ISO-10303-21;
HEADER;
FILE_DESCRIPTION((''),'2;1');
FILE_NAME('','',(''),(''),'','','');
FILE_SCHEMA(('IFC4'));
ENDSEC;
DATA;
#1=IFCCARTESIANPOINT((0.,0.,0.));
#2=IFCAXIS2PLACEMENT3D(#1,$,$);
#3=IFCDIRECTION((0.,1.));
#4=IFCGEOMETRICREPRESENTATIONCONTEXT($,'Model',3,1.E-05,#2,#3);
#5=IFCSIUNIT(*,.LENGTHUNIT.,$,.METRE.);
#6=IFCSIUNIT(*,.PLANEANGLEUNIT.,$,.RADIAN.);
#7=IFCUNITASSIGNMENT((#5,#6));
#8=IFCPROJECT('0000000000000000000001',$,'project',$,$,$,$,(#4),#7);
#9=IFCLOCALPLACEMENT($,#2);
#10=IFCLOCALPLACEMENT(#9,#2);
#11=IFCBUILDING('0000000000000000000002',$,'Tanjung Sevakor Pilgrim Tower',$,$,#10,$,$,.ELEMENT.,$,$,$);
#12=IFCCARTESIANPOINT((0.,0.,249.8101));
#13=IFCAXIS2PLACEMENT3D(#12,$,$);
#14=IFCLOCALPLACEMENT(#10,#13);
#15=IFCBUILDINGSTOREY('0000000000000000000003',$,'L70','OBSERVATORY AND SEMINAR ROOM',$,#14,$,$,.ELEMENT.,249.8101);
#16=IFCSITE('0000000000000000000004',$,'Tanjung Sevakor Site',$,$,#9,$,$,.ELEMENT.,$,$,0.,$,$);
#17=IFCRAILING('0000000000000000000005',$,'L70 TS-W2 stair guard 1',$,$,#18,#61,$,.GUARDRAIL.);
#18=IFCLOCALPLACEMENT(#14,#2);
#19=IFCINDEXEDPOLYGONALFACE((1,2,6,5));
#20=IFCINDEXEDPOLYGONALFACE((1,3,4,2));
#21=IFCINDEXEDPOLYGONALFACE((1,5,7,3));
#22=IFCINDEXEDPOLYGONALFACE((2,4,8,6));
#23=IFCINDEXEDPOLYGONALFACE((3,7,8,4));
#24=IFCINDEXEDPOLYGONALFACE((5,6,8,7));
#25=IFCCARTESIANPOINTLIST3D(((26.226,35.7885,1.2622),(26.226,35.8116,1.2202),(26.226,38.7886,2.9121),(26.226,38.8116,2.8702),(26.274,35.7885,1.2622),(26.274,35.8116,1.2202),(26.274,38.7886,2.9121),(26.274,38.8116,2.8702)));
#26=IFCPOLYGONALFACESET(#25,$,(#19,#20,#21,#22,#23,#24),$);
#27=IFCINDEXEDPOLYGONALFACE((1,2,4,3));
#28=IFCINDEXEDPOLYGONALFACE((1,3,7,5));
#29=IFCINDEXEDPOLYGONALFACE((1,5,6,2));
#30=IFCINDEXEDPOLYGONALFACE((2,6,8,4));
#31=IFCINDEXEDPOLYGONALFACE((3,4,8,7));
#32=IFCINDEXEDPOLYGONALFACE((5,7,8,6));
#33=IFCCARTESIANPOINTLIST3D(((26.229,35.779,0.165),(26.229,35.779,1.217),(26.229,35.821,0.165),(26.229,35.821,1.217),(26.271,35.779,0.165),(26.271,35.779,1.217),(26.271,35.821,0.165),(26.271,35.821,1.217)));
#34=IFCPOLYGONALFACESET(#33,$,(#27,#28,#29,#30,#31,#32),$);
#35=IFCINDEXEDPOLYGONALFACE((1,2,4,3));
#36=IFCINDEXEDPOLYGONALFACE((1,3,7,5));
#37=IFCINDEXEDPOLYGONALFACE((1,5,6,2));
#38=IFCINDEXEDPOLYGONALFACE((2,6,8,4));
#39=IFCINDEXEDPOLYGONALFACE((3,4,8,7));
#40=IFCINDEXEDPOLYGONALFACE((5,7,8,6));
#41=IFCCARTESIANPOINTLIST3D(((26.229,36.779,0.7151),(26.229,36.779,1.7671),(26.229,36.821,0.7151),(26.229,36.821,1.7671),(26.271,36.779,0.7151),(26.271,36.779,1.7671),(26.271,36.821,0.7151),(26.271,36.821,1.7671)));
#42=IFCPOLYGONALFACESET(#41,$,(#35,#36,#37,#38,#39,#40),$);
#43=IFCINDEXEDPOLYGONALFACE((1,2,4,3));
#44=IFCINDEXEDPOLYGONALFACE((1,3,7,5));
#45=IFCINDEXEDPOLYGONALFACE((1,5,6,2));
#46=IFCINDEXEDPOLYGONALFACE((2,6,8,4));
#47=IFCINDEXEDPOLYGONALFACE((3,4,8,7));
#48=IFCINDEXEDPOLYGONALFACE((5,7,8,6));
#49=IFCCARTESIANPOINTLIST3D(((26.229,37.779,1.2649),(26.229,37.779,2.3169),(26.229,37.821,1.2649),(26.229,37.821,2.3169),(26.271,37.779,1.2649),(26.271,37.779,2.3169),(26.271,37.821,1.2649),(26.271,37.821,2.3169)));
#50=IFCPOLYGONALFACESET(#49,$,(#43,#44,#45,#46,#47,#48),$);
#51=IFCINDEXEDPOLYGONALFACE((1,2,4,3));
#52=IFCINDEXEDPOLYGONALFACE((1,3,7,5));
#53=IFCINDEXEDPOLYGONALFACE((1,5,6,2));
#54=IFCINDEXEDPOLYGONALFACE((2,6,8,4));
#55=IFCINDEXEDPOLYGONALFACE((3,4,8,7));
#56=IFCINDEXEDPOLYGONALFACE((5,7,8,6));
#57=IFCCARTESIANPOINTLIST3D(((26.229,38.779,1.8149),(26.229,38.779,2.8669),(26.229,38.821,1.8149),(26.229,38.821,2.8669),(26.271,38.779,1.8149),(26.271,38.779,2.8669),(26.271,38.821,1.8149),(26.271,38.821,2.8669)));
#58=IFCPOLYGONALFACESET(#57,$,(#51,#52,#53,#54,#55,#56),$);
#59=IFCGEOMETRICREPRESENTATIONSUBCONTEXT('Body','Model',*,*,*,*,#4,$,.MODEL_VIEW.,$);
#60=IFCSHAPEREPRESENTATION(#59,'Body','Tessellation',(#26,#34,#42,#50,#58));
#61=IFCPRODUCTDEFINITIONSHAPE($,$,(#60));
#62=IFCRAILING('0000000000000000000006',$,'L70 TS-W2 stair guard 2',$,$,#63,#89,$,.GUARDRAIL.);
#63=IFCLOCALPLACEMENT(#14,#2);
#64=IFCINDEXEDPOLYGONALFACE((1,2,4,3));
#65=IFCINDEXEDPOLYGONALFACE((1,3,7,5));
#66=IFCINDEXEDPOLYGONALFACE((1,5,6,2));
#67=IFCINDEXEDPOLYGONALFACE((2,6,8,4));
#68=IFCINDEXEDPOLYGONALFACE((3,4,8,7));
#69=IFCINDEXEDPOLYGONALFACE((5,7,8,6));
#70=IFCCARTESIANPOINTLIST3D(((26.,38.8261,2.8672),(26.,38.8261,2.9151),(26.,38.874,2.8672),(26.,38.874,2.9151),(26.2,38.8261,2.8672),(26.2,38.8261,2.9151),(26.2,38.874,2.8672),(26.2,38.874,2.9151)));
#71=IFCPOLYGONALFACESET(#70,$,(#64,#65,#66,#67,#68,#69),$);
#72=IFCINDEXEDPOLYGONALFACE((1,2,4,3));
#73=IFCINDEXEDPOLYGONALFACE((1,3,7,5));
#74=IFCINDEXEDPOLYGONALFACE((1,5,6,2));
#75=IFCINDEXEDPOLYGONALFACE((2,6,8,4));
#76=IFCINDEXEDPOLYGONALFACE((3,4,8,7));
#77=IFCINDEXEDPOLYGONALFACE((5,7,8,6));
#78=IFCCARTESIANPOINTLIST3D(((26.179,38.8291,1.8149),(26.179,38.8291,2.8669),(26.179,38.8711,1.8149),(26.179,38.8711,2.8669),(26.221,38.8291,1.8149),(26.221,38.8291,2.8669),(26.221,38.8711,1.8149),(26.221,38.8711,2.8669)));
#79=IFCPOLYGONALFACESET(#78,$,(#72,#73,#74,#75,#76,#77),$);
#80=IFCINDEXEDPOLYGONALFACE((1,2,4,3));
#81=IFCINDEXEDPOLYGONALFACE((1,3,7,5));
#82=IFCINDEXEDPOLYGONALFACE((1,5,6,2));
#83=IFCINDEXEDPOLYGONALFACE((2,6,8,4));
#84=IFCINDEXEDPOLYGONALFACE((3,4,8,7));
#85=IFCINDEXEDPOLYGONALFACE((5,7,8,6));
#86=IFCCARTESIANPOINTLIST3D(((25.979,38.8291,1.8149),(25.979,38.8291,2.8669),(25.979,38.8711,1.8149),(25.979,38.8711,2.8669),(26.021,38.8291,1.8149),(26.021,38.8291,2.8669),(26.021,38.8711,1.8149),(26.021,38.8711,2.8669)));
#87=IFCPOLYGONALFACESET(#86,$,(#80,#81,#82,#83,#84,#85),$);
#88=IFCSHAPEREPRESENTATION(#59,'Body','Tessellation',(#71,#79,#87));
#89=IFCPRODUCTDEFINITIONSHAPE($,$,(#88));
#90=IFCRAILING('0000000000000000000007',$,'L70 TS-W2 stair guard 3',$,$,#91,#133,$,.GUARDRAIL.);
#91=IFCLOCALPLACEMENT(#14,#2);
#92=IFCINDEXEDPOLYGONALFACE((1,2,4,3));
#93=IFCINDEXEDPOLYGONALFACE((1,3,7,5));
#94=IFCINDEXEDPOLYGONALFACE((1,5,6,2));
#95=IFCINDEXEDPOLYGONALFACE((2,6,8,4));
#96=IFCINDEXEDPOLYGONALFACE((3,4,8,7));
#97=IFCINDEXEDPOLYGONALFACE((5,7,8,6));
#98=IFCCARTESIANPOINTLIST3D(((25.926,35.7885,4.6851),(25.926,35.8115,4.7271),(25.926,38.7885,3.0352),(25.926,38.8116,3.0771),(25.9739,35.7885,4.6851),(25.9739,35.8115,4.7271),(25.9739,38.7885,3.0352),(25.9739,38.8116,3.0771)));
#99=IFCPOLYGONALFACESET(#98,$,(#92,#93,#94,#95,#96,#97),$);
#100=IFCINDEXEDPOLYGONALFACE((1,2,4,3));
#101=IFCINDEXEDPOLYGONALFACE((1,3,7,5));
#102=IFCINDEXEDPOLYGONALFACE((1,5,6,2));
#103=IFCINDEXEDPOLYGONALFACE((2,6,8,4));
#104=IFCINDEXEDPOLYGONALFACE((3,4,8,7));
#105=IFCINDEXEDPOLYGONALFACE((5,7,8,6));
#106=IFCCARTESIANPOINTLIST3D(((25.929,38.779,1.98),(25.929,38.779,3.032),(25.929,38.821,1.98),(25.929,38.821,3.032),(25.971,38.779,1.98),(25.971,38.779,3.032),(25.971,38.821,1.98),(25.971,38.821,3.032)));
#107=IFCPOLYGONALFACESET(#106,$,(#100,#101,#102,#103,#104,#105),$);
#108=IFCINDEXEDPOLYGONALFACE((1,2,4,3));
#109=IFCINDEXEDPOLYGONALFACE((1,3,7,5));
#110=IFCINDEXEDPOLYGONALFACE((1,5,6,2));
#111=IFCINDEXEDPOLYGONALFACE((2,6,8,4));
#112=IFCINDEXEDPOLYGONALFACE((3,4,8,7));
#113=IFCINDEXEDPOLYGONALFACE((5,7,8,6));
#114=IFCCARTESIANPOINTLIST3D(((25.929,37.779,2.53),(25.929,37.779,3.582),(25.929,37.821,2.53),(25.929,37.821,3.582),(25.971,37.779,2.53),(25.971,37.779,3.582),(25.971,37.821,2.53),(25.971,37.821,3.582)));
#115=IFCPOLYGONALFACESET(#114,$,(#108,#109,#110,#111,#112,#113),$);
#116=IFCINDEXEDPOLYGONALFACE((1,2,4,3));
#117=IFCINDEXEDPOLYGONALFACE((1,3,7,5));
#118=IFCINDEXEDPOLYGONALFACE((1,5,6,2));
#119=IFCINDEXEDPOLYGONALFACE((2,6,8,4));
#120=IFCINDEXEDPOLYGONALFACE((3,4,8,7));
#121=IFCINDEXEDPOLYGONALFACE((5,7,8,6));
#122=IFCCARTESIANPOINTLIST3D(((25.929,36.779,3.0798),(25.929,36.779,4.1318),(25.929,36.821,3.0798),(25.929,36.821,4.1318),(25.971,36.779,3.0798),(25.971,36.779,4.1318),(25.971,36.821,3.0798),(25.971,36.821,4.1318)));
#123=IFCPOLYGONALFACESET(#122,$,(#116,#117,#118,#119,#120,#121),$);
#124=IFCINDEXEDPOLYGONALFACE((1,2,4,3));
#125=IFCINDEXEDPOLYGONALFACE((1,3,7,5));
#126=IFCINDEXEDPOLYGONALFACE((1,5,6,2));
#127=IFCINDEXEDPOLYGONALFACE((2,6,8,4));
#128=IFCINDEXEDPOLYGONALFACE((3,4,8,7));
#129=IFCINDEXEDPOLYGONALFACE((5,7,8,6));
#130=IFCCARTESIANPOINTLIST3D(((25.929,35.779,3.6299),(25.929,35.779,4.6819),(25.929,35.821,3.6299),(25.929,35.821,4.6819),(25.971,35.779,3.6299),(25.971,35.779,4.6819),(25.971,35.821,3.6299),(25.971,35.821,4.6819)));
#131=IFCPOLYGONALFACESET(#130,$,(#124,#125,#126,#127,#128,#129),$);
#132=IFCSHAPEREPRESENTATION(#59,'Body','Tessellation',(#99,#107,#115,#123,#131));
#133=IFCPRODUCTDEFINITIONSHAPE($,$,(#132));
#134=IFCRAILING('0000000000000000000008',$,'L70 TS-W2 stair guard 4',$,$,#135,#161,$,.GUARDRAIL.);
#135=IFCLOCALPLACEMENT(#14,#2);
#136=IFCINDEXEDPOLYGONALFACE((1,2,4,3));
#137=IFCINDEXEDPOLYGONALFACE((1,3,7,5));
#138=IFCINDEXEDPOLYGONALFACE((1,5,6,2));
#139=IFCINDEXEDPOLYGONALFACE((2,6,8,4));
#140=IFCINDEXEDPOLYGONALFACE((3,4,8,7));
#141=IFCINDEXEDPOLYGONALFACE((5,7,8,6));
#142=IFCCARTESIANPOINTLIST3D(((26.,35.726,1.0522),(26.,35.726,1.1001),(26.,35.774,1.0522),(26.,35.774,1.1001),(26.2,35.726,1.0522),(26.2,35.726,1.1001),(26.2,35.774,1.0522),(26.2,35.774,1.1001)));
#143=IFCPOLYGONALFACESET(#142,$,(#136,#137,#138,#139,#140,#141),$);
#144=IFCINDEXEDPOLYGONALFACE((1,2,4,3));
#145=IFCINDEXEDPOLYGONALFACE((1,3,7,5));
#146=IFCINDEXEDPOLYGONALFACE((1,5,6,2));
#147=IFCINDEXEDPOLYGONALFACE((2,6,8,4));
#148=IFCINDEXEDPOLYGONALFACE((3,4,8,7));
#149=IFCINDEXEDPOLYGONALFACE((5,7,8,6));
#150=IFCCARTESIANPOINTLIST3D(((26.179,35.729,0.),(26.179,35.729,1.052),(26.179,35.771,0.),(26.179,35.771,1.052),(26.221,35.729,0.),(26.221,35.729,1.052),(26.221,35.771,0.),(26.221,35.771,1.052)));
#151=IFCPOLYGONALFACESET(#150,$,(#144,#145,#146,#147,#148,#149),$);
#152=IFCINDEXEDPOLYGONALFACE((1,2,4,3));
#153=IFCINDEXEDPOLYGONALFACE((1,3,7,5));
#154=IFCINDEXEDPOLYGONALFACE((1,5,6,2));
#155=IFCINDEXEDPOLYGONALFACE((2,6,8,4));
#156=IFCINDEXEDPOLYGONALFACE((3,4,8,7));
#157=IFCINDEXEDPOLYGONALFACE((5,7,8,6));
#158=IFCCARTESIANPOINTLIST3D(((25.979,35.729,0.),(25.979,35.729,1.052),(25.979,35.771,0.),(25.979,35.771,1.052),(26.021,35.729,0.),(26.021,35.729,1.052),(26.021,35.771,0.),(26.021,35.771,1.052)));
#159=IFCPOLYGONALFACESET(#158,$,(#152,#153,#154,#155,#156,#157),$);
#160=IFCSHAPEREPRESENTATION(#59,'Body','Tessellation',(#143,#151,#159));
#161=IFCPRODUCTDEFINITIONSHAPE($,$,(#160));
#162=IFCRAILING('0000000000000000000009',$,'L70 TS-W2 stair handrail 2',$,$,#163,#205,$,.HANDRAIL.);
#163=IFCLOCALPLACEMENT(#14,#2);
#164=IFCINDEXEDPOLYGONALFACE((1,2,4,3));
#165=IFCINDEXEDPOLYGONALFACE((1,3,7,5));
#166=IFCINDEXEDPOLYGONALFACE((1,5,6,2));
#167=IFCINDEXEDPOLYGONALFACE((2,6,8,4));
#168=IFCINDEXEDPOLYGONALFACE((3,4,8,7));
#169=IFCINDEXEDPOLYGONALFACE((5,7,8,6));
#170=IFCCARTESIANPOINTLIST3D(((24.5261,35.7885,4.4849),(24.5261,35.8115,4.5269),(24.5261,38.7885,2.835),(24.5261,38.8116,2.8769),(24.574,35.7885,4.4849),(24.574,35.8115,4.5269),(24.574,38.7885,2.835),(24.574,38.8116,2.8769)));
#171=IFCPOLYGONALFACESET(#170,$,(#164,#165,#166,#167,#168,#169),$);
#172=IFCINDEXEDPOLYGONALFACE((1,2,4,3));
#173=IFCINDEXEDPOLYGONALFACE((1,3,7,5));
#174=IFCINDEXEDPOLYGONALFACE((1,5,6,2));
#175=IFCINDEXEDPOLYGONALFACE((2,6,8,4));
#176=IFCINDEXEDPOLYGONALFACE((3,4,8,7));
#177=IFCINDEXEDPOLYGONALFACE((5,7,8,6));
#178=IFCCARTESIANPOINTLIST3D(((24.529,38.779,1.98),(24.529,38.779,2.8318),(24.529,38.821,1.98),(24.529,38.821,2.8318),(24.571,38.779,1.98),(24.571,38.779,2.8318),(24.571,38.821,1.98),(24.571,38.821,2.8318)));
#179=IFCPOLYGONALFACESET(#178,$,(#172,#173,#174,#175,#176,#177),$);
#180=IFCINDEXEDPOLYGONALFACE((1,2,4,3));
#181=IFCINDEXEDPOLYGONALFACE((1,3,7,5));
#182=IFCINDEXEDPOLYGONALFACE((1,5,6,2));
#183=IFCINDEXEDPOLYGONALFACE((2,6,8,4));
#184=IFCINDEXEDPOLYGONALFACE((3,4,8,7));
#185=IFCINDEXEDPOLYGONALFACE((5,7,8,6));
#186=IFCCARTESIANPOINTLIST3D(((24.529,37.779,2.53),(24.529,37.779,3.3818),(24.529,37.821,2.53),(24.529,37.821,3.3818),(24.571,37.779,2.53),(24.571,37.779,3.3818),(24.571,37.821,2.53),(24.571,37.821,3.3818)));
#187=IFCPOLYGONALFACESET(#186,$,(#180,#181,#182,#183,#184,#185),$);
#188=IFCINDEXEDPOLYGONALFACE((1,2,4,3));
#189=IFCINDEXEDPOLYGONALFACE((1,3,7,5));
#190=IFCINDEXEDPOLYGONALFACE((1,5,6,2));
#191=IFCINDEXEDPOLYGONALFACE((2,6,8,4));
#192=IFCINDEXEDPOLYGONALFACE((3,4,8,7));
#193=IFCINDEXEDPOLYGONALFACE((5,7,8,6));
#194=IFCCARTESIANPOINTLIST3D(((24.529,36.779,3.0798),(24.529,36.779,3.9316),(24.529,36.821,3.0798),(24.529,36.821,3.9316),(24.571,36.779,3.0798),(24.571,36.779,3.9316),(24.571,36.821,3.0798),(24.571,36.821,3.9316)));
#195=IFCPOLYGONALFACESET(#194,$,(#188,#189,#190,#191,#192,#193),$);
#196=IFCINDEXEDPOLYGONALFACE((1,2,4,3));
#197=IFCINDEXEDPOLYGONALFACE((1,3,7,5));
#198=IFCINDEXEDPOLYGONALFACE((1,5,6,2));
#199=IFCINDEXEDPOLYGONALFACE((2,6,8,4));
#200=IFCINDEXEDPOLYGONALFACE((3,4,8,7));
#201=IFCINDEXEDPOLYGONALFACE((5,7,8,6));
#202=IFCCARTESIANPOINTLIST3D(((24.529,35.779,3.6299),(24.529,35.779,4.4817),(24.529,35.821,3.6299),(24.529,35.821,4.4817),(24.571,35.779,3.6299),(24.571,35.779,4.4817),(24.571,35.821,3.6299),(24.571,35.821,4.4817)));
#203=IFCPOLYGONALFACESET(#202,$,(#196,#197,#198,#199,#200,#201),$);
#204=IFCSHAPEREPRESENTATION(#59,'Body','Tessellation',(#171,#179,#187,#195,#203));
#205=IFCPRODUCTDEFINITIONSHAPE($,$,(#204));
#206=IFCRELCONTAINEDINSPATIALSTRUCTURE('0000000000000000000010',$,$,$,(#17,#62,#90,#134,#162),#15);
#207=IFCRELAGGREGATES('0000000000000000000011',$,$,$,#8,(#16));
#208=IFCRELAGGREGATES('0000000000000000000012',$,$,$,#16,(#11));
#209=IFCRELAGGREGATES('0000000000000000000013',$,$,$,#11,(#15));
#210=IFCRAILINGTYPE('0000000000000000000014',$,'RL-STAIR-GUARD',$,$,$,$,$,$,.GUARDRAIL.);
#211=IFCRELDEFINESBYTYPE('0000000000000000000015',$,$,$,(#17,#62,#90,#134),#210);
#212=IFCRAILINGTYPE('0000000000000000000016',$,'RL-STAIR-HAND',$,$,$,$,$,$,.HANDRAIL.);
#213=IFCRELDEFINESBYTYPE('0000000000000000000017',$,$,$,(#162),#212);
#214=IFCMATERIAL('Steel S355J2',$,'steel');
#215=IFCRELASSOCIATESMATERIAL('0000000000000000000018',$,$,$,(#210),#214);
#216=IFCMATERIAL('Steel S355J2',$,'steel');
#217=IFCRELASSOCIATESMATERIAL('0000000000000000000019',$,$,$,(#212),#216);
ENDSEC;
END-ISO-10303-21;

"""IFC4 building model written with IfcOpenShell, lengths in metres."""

from ifc_helpers import new_model, si_unit, direction, frame, origin, place, context, subcontext, project, spatial, rectangle, extrude, material, type_object, element, save


model = new_model("IFC4")

# Units and contexts
model_context = context("Model", 3, precision=1e-05, world=origin(), true_north=direction((0.0, 1.0)))
body_context = subcontext(model_context, "Body", "Model", "MODEL_VIEW")
ifc_project = project(units=[si_unit("LENGTHUNIT", "METRE"), si_unit("PLANEANGLEUNIT", "RADIAN")], contexts=[model_context])

# Site, building, storey
site_placement = place(None, origin())
site = spatial("IfcSite", under=ifc_project, at=site_placement, Name="Tanjung Sevakor Site", CompositionType="ELEMENT", RefElevation=0.0)
building_placement = place(site_placement, origin())
building = spatial("IfcBuilding", under=site, at=building_placement, Name="Tanjung Sevakor Pilgrim Tower", CompositionType="ELEMENT")
storey_placement = place(building_placement, frame((0.0, 0.0, 249.8101)))
storey = spatial("IfcBuildingStorey", under=building, at=storey_placement, Name="L70", Description="OBSERVATORY AND SEMINAR ROOM", CompositionType="ELEMENT", Elevation=249.8101)

# Railings
ifc_material_1 = material(Name="Steel S355J2", Category="steel")
railing_type_1 = type_object("IfcRailingType", Name="RL-STAIR-GUARD", PredefinedType="GUARDRAIL", material=ifc_material_1)
railing_1_placement = place(storey_placement, frame((26.25, 35.8, 0.165)))
element("IfcRailing", 1, at=railing_1_placement, inside=storey, type_object=railing_type_1, Name="L70 TS-W2 stair guard 1", PredefinedType="GUARDRAIL", context=body_context, shape_type="SweptSolid", body=[
    extrude(rectangle(XDim=0.0479, YDim=0.0479), frame((0.0, 0.0, 1.0762), z_axis=(0.0, 0.876228, 0.481897), x_axis=(-1.0, 0.0, 0.0)), (0.0, 0.0, 1.0), 3.4238),
    extrude(rectangle(XDim=0.042, YDim=0.042), origin(), (0.0, 0.0, 1.0), 1.052),
    extrude(rectangle(XDim=0.042, YDim=0.042), frame((0.0, 1.0, 0.55)), (0.0, 0.0, 1.0), 1.052),
    extrude(rectangle(XDim=0.042, YDim=0.042), frame((0.0, 2.0, 1.0999)), (0.0, 0.0, 1.0), 1.052),
    extrude(rectangle(XDim=0.042, YDim=0.042), frame((0.0, 3.0, 1.6499)), (0.0, 0.0, 1.0), 1.052),
])
railing_2_placement = place(storey_placement, frame((26.2, 38.8501, 1.8149)))
element("IfcRailing", 2, at=railing_2_placement, inside=storey, type_object=railing_type_1, Name="L70 TS-W2 stair guard 2", PredefinedType="GUARDRAIL", context=body_context, shape_type="SweptSolid", body=[
    extrude(rectangle(XDim=0.0479, YDim=0.0479), frame((0.0, 0.0, 1.0762), z_axis=(-1.0, 0.0, 0.0), x_axis=(0.0, -1.0, 0.0)), (0.0, 0.0, 1.0), 0.2),
    extrude(rectangle(XDim=0.042, YDim=0.042), origin(), (0.0, 0.0, 1.0), 1.052),
    extrude(rectangle(XDim=0.042, YDim=0.042), frame((-0.2, 0.0, 0.0)), (0.0, 0.0, 1.0), 1.052),
])
railing_3_placement = place(storey_placement, frame((25.95, 38.8, 1.98)))
element("IfcRailing", 3, at=railing_3_placement, inside=storey, type_object=railing_type_1, Name="L70 TS-W2 stair guard 3", PredefinedType="GUARDRAIL", context=body_context, shape_type="SweptSolid", body=[
    extrude(rectangle(XDim=0.0479, YDim=0.0479), frame((0.0, 0.0, 1.0762), z_axis=(0.0, -0.876228, 0.481897), x_axis=(1.0, 0.0, 0.0)), (0.0, 0.0, 1.0), 3.4238),
    extrude(rectangle(XDim=0.042, YDim=0.042), origin(), (0.0, 0.0, 1.0), 1.052),
    extrude(rectangle(XDim=0.042, YDim=0.042), frame((0.0, -1.0, 0.55)), (0.0, 0.0, 1.0), 1.052),
    extrude(rectangle(XDim=0.042, YDim=0.042), frame((0.0, -2.0, 1.0999)), (0.0, 0.0, 1.0), 1.052),
    extrude(rectangle(XDim=0.042, YDim=0.042), frame((0.0, -3.0, 1.6499)), (0.0, 0.0, 1.0), 1.052),
])
railing_4_placement = place(storey_placement, frame((26.2, 35.75, 0.0)))
element("IfcRailing", 4, at=railing_4_placement, inside=storey, type_object=railing_type_1, Name="L70 TS-W2 stair guard 4", PredefinedType="GUARDRAIL", context=body_context, shape_type="SweptSolid", body=[
    extrude(rectangle(XDim=0.0479, YDim=0.0479), frame((0.0, 0.0, 1.0762), z_axis=(-1.0, 0.0, 0.0), x_axis=(0.0, -1.0, 0.0)), (0.0, 0.0, 1.0), 0.2),
    extrude(rectangle(XDim=0.042, YDim=0.042), origin(), (0.0, 0.0, 1.0), 1.052),
    extrude(rectangle(XDim=0.042, YDim=0.042), frame((-0.2, 0.0, 0.0)), (0.0, 0.0, 1.0), 1.052),
])
ifc_material_2 = material(Name="Steel S355J2", Category="steel")
railing_type_2 = type_object("IfcRailingType", Name="RL-STAIR-HAND", PredefinedType="HANDRAIL", material=ifc_material_2)
railing_5_placement = place(storey_placement, frame((24.55, 38.8, 1.98)))
element("IfcRailing", 5, at=railing_5_placement, inside=storey, type_object=railing_type_2, Name="L70 TS-W2 stair handrail 2", PredefinedType="HANDRAIL", context=body_context, shape_type="SweptSolid", body=[
    extrude(rectangle(XDim=0.0479, YDim=0.0479), frame((0.0, 0.0, 0.876), z_axis=(0.0, -0.876228, 0.481897), x_axis=(1.0, 0.0, 0.0)), (0.0, 0.0, 1.0), 3.4238),
    extrude(rectangle(XDim=0.042, YDim=0.042), origin(), (0.0, 0.0, 1.0), 0.8518),
    extrude(rectangle(XDim=0.042, YDim=0.042), frame((0.0, -1.0, 0.55)), (0.0, 0.0, 1.0), 0.8518),
    extrude(rectangle(XDim=0.042, YDim=0.042), frame((0.0, -2.0, 1.0999)), (0.0, 0.0, 1.0), 0.8518),
    extrude(rectangle(XDim=0.042, YDim=0.042), frame((0.0, -3.0, 1.6499)), (0.0, 0.0, 1.0), 0.8518),
])

save(model, "model.ifc")
